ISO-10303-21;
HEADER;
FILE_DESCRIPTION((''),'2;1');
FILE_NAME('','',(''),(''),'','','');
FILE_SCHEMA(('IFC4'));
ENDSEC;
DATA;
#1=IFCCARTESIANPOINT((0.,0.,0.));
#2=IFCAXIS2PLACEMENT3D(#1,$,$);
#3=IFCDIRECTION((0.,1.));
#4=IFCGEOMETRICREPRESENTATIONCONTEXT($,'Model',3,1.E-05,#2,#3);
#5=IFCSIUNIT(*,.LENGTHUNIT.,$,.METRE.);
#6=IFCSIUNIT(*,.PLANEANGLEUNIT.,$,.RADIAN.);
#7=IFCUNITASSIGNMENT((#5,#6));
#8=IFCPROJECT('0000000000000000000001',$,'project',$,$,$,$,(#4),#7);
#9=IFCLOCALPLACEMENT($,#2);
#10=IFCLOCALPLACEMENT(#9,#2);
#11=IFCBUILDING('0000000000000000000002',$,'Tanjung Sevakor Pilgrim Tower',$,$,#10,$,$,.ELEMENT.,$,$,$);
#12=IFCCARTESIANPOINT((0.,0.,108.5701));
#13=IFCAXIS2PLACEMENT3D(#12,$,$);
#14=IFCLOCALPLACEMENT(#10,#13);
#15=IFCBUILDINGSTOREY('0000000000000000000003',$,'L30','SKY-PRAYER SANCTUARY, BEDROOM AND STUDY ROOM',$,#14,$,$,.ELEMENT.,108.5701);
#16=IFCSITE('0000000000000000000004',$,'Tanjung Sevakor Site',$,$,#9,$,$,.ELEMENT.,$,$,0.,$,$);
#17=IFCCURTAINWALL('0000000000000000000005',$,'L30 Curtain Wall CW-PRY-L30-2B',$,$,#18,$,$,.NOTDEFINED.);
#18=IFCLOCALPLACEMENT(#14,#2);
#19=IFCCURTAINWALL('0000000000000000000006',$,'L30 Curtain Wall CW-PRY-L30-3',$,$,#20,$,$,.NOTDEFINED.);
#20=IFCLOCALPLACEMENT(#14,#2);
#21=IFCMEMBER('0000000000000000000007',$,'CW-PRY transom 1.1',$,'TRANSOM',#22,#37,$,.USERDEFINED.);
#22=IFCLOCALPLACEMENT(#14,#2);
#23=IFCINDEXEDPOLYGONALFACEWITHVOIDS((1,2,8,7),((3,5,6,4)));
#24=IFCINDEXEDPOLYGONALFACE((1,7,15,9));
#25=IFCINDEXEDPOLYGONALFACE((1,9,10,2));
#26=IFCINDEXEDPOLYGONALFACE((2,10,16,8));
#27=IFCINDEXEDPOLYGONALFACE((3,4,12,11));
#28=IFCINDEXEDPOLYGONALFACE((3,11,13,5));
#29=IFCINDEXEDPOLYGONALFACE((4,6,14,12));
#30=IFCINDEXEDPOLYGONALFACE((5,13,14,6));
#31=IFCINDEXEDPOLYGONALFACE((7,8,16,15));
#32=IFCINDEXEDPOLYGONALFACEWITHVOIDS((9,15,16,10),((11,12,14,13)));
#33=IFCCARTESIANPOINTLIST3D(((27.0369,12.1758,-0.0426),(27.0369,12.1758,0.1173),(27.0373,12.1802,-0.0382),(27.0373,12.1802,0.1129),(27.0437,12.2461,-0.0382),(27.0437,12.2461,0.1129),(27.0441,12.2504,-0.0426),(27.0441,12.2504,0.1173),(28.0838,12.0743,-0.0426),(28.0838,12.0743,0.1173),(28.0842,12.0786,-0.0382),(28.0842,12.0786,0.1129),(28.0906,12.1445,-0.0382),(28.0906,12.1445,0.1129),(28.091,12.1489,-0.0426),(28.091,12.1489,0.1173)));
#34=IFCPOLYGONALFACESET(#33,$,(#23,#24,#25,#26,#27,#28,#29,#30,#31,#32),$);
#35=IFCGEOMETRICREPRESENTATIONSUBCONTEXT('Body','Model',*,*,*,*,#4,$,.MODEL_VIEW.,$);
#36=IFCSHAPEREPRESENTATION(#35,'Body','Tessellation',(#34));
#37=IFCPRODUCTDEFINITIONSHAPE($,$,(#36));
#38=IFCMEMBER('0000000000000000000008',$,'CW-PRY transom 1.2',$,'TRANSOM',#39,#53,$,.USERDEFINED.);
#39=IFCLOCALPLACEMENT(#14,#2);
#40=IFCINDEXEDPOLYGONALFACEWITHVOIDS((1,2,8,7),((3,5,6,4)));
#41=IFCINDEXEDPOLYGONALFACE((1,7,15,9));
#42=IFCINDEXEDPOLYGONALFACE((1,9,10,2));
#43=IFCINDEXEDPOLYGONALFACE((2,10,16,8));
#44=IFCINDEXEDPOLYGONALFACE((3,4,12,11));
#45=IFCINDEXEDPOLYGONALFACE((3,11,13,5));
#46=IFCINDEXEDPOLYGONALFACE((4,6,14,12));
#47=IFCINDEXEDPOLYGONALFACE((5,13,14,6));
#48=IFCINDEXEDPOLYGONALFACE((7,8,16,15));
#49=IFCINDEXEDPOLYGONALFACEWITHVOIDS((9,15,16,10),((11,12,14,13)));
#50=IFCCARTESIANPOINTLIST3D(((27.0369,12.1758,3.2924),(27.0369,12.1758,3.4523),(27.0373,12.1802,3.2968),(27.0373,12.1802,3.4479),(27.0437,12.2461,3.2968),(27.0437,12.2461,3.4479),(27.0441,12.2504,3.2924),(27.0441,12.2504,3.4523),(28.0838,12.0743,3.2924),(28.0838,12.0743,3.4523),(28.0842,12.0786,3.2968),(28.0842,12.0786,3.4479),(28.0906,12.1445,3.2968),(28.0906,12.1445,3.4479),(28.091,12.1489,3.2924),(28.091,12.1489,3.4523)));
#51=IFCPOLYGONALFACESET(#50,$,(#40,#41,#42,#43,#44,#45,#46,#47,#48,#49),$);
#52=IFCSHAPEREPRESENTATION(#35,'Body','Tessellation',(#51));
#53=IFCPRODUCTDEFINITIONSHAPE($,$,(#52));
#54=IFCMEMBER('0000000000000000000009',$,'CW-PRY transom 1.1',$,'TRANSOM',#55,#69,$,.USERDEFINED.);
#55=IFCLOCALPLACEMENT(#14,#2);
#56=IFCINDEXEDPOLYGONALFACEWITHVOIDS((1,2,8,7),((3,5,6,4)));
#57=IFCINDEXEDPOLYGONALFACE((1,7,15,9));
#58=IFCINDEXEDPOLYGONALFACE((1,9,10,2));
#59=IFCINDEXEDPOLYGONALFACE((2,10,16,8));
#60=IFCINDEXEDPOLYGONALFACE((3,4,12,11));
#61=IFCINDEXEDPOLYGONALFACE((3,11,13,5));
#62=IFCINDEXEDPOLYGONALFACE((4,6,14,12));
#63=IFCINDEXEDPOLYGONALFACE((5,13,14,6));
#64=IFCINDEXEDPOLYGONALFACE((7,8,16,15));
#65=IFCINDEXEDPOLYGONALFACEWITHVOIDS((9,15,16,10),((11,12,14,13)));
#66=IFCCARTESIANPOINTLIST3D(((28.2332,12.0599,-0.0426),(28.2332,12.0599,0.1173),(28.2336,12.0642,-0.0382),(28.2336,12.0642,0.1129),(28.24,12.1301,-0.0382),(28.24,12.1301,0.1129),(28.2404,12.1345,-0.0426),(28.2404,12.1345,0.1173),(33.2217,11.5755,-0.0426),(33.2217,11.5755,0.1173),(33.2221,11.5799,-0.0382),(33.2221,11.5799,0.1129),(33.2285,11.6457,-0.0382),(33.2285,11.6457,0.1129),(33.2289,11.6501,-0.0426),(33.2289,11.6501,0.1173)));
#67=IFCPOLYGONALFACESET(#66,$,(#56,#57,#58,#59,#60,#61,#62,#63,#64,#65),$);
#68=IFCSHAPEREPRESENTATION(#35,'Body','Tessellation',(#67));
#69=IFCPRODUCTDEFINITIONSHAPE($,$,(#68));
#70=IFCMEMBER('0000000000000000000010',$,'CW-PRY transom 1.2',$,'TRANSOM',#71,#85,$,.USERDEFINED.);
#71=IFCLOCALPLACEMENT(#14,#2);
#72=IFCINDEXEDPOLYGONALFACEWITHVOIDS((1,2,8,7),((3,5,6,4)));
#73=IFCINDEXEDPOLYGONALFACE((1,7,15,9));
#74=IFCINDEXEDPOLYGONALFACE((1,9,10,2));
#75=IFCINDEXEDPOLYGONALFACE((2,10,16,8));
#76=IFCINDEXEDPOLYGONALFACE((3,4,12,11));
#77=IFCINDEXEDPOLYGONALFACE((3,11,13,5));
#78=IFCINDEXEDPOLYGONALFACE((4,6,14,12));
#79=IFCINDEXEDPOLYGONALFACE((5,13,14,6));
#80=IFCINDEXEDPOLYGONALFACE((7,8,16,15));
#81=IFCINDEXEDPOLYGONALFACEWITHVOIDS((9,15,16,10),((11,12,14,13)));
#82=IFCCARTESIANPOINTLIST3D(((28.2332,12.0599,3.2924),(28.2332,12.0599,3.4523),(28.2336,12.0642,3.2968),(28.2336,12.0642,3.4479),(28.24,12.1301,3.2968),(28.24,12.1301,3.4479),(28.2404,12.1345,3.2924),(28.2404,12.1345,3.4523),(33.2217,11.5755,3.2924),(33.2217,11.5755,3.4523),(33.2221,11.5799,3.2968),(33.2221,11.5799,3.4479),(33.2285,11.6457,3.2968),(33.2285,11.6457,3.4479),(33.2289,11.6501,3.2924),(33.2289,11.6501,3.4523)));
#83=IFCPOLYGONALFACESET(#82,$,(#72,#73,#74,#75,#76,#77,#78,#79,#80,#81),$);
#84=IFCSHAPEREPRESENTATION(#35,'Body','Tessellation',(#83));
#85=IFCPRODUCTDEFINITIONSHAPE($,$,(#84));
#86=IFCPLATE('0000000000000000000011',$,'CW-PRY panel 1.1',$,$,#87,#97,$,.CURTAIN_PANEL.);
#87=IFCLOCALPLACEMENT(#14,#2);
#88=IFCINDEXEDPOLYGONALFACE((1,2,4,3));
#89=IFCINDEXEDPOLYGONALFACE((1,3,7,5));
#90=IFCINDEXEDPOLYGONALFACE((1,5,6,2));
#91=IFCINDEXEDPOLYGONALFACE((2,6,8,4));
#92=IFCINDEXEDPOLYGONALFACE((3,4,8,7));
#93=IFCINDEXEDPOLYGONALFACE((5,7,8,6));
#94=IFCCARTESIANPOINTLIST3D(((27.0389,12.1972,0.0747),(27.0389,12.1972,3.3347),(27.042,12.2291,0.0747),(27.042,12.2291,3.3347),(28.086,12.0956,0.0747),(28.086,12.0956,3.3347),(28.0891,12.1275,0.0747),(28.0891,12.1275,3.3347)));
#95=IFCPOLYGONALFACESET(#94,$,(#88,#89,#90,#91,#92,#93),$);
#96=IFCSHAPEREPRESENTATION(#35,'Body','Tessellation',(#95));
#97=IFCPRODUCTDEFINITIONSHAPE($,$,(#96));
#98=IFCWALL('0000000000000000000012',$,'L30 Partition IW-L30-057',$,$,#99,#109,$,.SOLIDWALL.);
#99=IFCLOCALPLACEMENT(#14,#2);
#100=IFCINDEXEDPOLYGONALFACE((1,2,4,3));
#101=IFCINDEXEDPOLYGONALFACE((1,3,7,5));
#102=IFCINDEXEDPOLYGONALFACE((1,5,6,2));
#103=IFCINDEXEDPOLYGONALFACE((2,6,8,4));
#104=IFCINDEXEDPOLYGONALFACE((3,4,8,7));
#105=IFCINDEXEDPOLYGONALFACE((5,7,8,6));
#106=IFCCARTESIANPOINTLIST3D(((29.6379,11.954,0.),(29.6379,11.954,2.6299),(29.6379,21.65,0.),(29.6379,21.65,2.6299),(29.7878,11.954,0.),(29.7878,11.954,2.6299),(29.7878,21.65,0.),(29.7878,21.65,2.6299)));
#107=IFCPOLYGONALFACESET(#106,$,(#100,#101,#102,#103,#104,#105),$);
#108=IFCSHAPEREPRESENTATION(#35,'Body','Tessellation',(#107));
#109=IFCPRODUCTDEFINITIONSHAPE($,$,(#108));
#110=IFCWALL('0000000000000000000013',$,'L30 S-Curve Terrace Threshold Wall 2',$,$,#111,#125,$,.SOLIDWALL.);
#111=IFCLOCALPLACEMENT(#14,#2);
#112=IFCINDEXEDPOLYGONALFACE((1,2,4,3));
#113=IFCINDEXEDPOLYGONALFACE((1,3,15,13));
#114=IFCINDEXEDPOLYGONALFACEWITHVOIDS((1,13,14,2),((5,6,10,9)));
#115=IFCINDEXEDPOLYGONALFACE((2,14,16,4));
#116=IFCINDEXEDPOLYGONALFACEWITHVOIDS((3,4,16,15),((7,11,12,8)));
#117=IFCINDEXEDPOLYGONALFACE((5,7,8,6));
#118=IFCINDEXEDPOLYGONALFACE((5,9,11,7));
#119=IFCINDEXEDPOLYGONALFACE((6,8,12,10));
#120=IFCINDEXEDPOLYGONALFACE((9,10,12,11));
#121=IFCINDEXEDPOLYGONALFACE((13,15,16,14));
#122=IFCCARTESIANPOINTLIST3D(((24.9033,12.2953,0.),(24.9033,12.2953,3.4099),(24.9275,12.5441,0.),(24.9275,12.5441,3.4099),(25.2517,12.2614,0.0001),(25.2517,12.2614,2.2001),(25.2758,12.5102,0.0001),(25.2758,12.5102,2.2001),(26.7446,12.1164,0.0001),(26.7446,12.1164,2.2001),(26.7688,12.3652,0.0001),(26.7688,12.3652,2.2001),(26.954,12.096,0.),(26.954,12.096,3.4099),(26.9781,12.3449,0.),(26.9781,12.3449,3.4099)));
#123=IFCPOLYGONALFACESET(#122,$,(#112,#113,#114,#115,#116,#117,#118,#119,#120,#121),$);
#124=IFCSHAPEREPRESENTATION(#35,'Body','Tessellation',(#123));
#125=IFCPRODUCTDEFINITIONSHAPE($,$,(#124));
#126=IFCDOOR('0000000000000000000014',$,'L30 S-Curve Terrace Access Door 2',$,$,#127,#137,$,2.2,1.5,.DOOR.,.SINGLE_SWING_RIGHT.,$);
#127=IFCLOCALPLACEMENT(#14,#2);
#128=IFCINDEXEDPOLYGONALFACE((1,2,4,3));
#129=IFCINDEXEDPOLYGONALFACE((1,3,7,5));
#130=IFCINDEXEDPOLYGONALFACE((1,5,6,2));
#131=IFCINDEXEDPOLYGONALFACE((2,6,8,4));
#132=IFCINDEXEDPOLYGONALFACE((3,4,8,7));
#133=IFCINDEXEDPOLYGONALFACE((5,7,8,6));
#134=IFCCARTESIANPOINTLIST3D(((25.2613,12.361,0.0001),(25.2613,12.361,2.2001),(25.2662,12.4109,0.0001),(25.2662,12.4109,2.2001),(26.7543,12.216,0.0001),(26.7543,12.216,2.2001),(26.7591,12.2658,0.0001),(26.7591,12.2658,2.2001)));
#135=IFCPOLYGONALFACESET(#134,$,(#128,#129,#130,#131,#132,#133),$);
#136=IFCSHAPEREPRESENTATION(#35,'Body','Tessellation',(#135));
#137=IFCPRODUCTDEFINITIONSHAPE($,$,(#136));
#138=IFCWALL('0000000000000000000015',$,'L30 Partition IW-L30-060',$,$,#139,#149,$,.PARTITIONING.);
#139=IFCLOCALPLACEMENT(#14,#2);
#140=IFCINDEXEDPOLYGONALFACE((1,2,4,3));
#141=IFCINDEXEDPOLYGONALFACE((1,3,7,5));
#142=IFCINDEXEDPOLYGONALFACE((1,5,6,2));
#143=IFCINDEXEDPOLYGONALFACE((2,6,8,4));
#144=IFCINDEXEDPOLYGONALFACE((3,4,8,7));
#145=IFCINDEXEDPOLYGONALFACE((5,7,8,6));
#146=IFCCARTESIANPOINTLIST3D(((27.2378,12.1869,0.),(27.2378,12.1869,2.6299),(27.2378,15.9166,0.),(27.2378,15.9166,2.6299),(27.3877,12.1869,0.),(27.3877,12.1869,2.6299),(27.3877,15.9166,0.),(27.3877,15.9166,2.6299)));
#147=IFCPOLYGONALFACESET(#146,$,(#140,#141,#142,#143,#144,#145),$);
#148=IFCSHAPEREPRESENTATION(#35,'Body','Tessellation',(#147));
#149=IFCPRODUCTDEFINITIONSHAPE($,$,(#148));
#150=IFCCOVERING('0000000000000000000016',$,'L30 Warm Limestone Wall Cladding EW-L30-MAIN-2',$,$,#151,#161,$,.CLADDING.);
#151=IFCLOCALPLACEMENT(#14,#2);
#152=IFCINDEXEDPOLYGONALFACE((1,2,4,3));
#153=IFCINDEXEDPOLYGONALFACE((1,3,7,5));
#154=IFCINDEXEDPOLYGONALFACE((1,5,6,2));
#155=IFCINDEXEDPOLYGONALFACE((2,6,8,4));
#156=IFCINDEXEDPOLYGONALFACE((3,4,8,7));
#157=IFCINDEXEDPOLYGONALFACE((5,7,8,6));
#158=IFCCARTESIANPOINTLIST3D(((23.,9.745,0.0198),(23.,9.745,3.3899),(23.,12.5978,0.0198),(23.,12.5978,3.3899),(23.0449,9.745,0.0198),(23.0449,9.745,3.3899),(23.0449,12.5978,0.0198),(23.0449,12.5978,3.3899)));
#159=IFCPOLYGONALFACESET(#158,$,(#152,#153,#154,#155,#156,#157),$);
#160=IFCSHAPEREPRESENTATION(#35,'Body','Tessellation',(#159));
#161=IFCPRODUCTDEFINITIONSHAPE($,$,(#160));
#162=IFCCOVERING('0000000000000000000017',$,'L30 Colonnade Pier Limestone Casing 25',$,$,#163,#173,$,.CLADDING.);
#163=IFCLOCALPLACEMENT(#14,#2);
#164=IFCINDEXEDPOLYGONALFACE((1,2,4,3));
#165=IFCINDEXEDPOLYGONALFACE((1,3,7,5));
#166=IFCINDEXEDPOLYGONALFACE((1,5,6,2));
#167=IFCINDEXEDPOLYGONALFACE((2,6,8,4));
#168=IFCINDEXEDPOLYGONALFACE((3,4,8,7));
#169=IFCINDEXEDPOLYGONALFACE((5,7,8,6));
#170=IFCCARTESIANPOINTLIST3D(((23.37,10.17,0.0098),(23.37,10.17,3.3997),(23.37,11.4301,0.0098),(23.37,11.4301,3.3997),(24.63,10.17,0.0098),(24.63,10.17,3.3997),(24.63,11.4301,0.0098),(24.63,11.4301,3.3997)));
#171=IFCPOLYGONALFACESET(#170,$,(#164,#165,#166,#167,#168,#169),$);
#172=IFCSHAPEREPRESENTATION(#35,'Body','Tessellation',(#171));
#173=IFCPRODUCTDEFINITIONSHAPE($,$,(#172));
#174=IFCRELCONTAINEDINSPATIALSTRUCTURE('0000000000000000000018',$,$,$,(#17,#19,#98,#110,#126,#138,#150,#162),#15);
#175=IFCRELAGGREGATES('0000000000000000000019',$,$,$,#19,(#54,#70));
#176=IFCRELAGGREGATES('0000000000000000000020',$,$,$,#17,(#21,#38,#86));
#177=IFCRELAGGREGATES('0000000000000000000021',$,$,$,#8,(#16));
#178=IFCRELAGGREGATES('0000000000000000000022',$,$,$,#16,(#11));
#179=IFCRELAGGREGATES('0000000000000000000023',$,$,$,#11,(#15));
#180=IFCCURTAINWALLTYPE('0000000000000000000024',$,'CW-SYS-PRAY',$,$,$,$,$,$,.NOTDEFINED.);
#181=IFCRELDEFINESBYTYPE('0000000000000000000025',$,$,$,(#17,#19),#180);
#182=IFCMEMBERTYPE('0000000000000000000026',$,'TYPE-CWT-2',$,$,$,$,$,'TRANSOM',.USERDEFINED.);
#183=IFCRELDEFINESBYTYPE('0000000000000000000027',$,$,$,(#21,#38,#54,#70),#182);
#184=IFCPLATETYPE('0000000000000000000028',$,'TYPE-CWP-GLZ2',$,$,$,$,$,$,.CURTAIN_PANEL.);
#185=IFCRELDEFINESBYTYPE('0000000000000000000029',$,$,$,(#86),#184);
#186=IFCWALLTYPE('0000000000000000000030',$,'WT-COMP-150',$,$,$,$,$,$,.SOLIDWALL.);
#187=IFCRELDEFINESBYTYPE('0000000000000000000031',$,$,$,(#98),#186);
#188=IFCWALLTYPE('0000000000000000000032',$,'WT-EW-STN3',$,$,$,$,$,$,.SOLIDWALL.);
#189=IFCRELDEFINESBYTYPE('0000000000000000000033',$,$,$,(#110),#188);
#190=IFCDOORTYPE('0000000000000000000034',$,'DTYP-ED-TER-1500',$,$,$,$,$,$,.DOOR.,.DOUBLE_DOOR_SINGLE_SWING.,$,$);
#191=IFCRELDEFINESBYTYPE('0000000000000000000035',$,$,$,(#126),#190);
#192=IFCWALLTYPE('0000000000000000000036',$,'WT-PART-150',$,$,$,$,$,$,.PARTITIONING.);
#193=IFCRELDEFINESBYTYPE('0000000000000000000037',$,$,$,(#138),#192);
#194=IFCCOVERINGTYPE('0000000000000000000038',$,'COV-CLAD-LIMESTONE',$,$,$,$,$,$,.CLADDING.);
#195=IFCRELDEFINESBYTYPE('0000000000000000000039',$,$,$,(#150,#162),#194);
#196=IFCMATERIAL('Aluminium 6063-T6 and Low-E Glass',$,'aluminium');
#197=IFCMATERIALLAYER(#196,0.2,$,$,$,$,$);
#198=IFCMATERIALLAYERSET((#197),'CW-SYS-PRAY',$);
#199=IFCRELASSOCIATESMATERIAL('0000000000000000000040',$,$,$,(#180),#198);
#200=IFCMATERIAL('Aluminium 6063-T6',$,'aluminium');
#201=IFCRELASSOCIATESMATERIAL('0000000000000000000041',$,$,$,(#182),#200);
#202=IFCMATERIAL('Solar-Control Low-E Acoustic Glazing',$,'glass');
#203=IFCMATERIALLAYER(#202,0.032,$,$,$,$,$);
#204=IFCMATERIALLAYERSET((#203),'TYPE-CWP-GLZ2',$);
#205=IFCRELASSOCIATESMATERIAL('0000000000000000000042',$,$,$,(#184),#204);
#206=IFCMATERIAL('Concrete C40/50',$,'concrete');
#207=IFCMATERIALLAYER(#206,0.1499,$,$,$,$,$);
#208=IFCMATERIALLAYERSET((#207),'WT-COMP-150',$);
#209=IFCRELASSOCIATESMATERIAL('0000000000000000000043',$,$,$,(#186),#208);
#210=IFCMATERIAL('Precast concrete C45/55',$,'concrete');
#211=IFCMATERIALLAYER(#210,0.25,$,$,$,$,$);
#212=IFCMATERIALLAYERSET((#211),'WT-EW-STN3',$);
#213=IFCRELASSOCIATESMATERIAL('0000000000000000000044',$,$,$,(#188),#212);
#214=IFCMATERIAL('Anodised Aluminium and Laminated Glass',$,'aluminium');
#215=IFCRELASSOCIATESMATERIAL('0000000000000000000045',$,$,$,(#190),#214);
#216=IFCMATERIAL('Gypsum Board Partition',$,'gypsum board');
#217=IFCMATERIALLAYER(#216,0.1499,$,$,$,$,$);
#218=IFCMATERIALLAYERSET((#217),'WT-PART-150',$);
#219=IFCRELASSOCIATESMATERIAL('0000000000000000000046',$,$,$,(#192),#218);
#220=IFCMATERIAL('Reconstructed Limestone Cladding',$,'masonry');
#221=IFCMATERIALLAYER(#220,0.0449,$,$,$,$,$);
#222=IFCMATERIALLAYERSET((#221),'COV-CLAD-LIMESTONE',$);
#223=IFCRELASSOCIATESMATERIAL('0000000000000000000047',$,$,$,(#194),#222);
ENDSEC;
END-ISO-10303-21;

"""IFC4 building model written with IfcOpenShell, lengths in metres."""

from ifc_helpers import new_model, si_unit, direction, frame, frame_2d, origin, origin_2d, place, context, subcontext, project, spatial, rectangle, hollow_rectangle, extrude, material, layer, layer_set, material_profile, profile_set, type_object, element, fill, aggregate, save


model = new_model("IFC4")

# Units and contexts
model_context = context("Model", 3, precision=1e-05, world=origin(), true_north=direction((0.0, 1.0)))
body_context = subcontext(model_context, "Body", "Model", "MODEL_VIEW")
ifc_project = project(units=[si_unit("LENGTHUNIT", "METRE"), si_unit("PLANEANGLEUNIT", "RADIAN")], contexts=[model_context])

# Site, building, storey
site_placement = place(None, origin())
site = spatial("IfcSite", under=ifc_project, at=site_placement, Name="Tanjung Sevakor Site", CompositionType="ELEMENT", RefElevation=0.0)
building_placement = place(site_placement, origin())
building = spatial("IfcBuilding", under=site, at=building_placement, Name="Tanjung Sevakor Pilgrim Tower", CompositionType="ELEMENT")
storey_placement = place(building_placement, frame((0.0, 0.0, 108.5701)))
storey = spatial("IfcBuildingStorey", under=building, at=storey_placement, Name="L30", Description="SKY-PRAYER SANCTUARY, BEDROOM AND STUDY ROOM", CompositionType="ELEMENT", Elevation=108.5701)

# Curtain wall
ifc_material_1 = material(Name="Aluminium 6063-T6 and Low-E Glass", Category="aluminium")
ifc_layer_1 = layer(ifc_material_1, 0.2)
ifc_layer_set_1 = layer_set([ifc_layer_1], Name="CW-SYS-PRAY")
curtain_wall_type = type_object("IfcCurtainWallType", Name="CW-SYS-PRAY", PredefinedType="NOTDEFINED", material=ifc_layer_set_1)
curtain_wall_1_placement = place(storey_placement, origin())
curtain_wall_1 = element("IfcCurtainWall", 1, at=curtain_wall_1_placement, inside=storey, type_object=curtain_wall_type, Name="L30 Curtain Wall CW-PRY-L30-2B", PredefinedType="NOTDEFINED")

# Curtain wall
curtain_wall_2_placement = place(storey_placement, origin())
curtain_wall_2 = element("IfcCurtainWall", 2, at=curtain_wall_2_placement, inside=storey, type_object=curtain_wall_type, Name="L30 Curtain Wall CW-PRY-L30-3", PredefinedType="NOTDEFINED")

# Members
ifc_material_2 = material(Name="Aluminium 6063-T6", Category="aluminium")
ifc_material_profile_1 = material_profile(ifc_material_2, hollow_rectangle(XDim=0.075, YDim=0.1599, WallThickness=0.0044, at=origin_2d()))
ifc_profile_set_1 = profile_set([ifc_material_profile_1], Name="Aluminium 6063-T6")
member_type_1 = type_object("IfcMemberType", Name="TYPE-CWT-2", ElementType="TRANSOM", PredefinedType="USERDEFINED", material=ifc_profile_set_1)
member_1_placement = place(storey_placement, frame((27.0405, 12.2131, 0.0374), z_axis=(0.995327, -0.096562, 0.0), x_axis=(0.096562, 0.995327, 0.0)))
member_1 = element("IfcMember", 3, at=member_1_placement, type_object=member_type_1, Name="CW-PRY transom 1.1", ObjectType="TRANSOM", PredefinedType="USERDEFINED", context=body_context, shape_type="SweptSolid", body=[
    extrude(hollow_rectangle(XDim=0.075, YDim=0.1599, WallThickness=0.0044, at=origin_2d()), origin(), (0.0, 0.0, 1.0), 1.0518),
])
member_2_placement = place(storey_placement, frame((27.0405, 12.2131, 3.3723), z_axis=(0.995327, -0.096562, 0.0), x_axis=(0.096562, 0.995327, 0.0)))
member_2 = element("IfcMember", 4, at=member_2_placement, type_object=member_type_1, Name="CW-PRY transom 1.2", ObjectType="TRANSOM", PredefinedType="USERDEFINED", context=body_context, shape_type="SweptSolid", body=[
    extrude(hollow_rectangle(XDim=0.075, YDim=0.1599, WallThickness=0.0044, at=origin_2d()), origin(), (0.0, 0.0, 1.0), 1.0518),
])
member_3_placement = place(storey_placement, frame((28.2368, 12.0972, 0.0374), z_axis=(0.995319, -0.096643, 0.0), x_axis=(0.096643, 0.995319, 0.0)))
member_3 = element("IfcMember", 5, at=member_3_placement, type_object=member_type_1, Name="CW-PRY transom 1.1", ObjectType="TRANSOM", PredefinedType="USERDEFINED", context=body_context, shape_type="SweptSolid", body=[
    extrude(hollow_rectangle(XDim=0.075, YDim=0.1599, WallThickness=0.0044, at=origin_2d()), origin(), (0.0, 0.0, 1.0), 5.012),
])
member_4_placement = place(storey_placement, frame((28.2368, 12.0972, 3.3723), z_axis=(0.995319, -0.096643, 0.0), x_axis=(0.096643, 0.995319, 0.0)))
member_4 = element("IfcMember", 6, at=member_4_placement, type_object=member_type_1, Name="CW-PRY transom 1.2", ObjectType="TRANSOM", PredefinedType="USERDEFINED", context=body_context, shape_type="SweptSolid", body=[
    extrude(hollow_rectangle(XDim=0.075, YDim=0.1599, WallThickness=0.0044, at=origin_2d()), origin(), (0.0, 0.0, 1.0), 5.012),
])
aggregate(curtain_wall_2, [member_3, member_4])

# Plate
ifc_material_3 = material(Name="Solar-Control Low-E Acoustic Glazing", Category="glass")
ifc_layer_2 = layer(ifc_material_3, 0.032)
ifc_layer_set_2 = layer_set([ifc_layer_2], Name="TYPE-CWP-GLZ2")
plate_type = type_object("IfcPlateType", Name="TYPE-CWP-GLZ2", PredefinedType="CURTAIN_PANEL", material=ifc_layer_set_2)
plate_placement = place(storey_placement, frame((27.564, 12.1624, 0.0747), z_axis=(0.0, 0.0, 1.0), x_axis=(0.995324, -0.096595, 0.0)))
plate = element("IfcPlate", 7, at=plate_placement, type_object=plate_type, Name="CW-PRY panel 1.1", PredefinedType="CURTAIN_PANEL", context=body_context, shape_type="SweptSolid", body=[
    extrude(rectangle(XDim=1.052, YDim=0.032, at=origin_2d()), origin(), (0.0, 0.0, 1.0), 3.26),
])
aggregate(curtain_wall_1, [member_1, member_2, plate])

# Wall
ifc_material_4 = material(Name="Concrete C40/50", Category="concrete")
ifc_layer_3 = layer(ifc_material_4, 0.1499)
ifc_layer_set_3 = layer_set([ifc_layer_3], Name="WT-COMP-150")
wall_type_1 = type_object("IfcWallType", Name="WT-COMP-150", PredefinedType="SOLIDWALL", material=ifc_layer_set_3)
wall_1_placement = place(storey_placement, frame((29.7129, 11.9539, 0.0), z_axis=(0.0, 0.0, 1.0), x_axis=(0.0, 1.0, 0.0)))
element("IfcWall", 8, at=wall_1_placement, inside=storey, type_object=wall_type_1, Name="L30 Partition IW-L30-057", PredefinedType="SOLIDWALL", context=body_context, shape_type="SweptSolid", body=[
    extrude(rectangle(XDim=9.696, YDim=0.1499, at=frame_2d((4.8481, 0.0))), origin(), (0.0, 0.0, 1.0), 2.6299),
])

# Wall, opening, door
ifc_material_5 = material(Name="Precast concrete C45/55", Category="concrete")
ifc_layer_4 = layer(ifc_material_5, 0.25)
ifc_layer_set_4 = layer_set([ifc_layer_4], Name="WT-EW-STN3")
wall_type_2 = type_object("IfcWallType", Name="WT-EW-STN3", PredefinedType="SOLIDWALL", material=ifc_layer_set_4)
wall_2_placement = place(storey_placement, frame((24.9153, 12.4197, 0.0), z_axis=(0.0, 0.0, 1.0), x_axis=(0.995314, -0.096699, 0.0)))
wall_2 = element("IfcWall", 9, at=wall_2_placement, inside=storey, type_object=wall_type_2, Name="L30 S-Curve Terrace Threshold Wall 2", PredefinedType="SOLIDWALL", context=body_context, shape_type="SweptSolid", body=[
    extrude(rectangle(XDim=2.0603, YDim=0.25, at=frame_2d((1.0303, 0.0))), origin(), (0.0, 0.0, 1.0), 3.4099),
])
opening_placement = place(wall_2_placement, frame((0.3501, 0.0, 0.0)))
opening = element("IfcOpeningElement", 10, at=opening_placement, cuts=wall_2, PredefinedType="OPENING", context=body_context, shape_type="SweptSolid", body=[
    extrude(rectangle(XDim=1.5, YDim=2.2, at=frame_2d((0.75, 1.1001))), frame((0.0, 0.135, 0.0), z_axis=(0.0, -1.0, 0.0), x_axis=(1.0, 0.0, 0.0)), (0.0, 0.0, 1.0), 0.27),
])
ifc_material_6 = material(Name="Anodised Aluminium and Laminated Glass", Category="aluminium")
door_type = type_object("IfcDoorType", Name="DTYP-ED-TER-1500", OperationType="DOUBLE_DOOR_SINGLE_SWING", PredefinedType="DOOR", material=ifc_material_6)
door_placement = place(opening_placement, frame((1.5, 0.0, 0.0), z_axis=(0.0, 0.0, 1.0), x_axis=(-1.0, 0.0, 0.0)))
door = element("IfcDoor", 11, at=door_placement, inside=storey, type_object=door_type, Name="L30 S-Curve Terrace Access Door 2", OperationType="SINGLE_SWING_RIGHT", OverallHeight=2.2, OverallWidth=1.5, PredefinedType="DOOR", context=body_context, shape_type="SweptSolid", body=[
    extrude(rectangle(XDim=1.5, YDim=2.2, at=frame_2d((0.75, 1.1001))), frame((0.0, 0.0249, 0.0), z_axis=(0.0, -1.0, 0.0), x_axis=(1.0, 0.0, 0.0)), (0.0, 0.0, 1.0), 0.05),
])
fill(opening, door)

# Wall
ifc_material_7 = material(Name="Gypsum Board Partition", Category="gypsum board")
ifc_layer_5 = layer(ifc_material_7, 0.1499)
ifc_layer_set_5 = layer_set([ifc_layer_5], Name="WT-PART-150")
wall_type_3 = type_object("IfcWallType", Name="WT-PART-150", PredefinedType="PARTITIONING", material=ifc_layer_set_5)
wall_3_placement = place(storey_placement, frame((27.3127, 12.187, 0.0), z_axis=(0.0, 0.0, 1.0), x_axis=(0.0, 1.0, 0.0)))
element("IfcWall", 12, at=wall_3_placement, inside=storey, type_object=wall_type_3, Name="L30 Partition IW-L30-060", PredefinedType="PARTITIONING", context=body_context, shape_type="SweptSolid", body=[
    extrude(rectangle(XDim=3.7297, YDim=0.1499, at=frame_2d((1.8647, 0.0))), origin(), (0.0, 0.0, 1.0), 2.6299),
])

# Coverings
ifc_material_8 = material(Name="Reconstructed Limestone Cladding", Category="masonry")
ifc_layer_6 = layer(ifc_material_8, 0.0449)
ifc_layer_set_6 = layer_set([ifc_layer_6], Name="COV-CLAD-LIMESTONE")
covering_type = type_object("IfcCoveringType", Name="COV-CLAD-LIMESTONE", PredefinedType="CLADDING", material=ifc_layer_set_6)
covering_1_placement = place(storey_placement, frame((23.0225, 11.1714, 0.0198), z_axis=(0.0, 0.0, 1.0), x_axis=(0.0, 1.0, 0.0)))
element("IfcCovering", 13, at=covering_1_placement, inside=storey, type_object=covering_type, Name="L30 Warm Limestone Wall Cladding EW-L30-MAIN-2", PredefinedType="CLADDING", context=body_context, shape_type="SweptSolid", body=[
    extrude(rectangle(XDim=2.8528, YDim=0.0449, at=origin_2d()), origin(), (0.0, 0.0, 1.0), 3.3701),
])
covering_2_placement = place(storey_placement, frame((24.0, 10.8, 0.0098), z_axis=(0.0, 0.0, 1.0), x_axis=(1.0, 0.0, 0.0)))
element("IfcCovering", 14, at=covering_2_placement, inside=storey, type_object=covering_type, Name="L30 Colonnade Pier Limestone Casing 25", PredefinedType="CLADDING", context=body_context, shape_type="SweptSolid", body=[
    extrude(rectangle(XDim=1.26, YDim=1.26, at=origin_2d()), origin(), (0.0, 0.0, 1.0), 3.3899),
])

save(model, "model.ifc")
